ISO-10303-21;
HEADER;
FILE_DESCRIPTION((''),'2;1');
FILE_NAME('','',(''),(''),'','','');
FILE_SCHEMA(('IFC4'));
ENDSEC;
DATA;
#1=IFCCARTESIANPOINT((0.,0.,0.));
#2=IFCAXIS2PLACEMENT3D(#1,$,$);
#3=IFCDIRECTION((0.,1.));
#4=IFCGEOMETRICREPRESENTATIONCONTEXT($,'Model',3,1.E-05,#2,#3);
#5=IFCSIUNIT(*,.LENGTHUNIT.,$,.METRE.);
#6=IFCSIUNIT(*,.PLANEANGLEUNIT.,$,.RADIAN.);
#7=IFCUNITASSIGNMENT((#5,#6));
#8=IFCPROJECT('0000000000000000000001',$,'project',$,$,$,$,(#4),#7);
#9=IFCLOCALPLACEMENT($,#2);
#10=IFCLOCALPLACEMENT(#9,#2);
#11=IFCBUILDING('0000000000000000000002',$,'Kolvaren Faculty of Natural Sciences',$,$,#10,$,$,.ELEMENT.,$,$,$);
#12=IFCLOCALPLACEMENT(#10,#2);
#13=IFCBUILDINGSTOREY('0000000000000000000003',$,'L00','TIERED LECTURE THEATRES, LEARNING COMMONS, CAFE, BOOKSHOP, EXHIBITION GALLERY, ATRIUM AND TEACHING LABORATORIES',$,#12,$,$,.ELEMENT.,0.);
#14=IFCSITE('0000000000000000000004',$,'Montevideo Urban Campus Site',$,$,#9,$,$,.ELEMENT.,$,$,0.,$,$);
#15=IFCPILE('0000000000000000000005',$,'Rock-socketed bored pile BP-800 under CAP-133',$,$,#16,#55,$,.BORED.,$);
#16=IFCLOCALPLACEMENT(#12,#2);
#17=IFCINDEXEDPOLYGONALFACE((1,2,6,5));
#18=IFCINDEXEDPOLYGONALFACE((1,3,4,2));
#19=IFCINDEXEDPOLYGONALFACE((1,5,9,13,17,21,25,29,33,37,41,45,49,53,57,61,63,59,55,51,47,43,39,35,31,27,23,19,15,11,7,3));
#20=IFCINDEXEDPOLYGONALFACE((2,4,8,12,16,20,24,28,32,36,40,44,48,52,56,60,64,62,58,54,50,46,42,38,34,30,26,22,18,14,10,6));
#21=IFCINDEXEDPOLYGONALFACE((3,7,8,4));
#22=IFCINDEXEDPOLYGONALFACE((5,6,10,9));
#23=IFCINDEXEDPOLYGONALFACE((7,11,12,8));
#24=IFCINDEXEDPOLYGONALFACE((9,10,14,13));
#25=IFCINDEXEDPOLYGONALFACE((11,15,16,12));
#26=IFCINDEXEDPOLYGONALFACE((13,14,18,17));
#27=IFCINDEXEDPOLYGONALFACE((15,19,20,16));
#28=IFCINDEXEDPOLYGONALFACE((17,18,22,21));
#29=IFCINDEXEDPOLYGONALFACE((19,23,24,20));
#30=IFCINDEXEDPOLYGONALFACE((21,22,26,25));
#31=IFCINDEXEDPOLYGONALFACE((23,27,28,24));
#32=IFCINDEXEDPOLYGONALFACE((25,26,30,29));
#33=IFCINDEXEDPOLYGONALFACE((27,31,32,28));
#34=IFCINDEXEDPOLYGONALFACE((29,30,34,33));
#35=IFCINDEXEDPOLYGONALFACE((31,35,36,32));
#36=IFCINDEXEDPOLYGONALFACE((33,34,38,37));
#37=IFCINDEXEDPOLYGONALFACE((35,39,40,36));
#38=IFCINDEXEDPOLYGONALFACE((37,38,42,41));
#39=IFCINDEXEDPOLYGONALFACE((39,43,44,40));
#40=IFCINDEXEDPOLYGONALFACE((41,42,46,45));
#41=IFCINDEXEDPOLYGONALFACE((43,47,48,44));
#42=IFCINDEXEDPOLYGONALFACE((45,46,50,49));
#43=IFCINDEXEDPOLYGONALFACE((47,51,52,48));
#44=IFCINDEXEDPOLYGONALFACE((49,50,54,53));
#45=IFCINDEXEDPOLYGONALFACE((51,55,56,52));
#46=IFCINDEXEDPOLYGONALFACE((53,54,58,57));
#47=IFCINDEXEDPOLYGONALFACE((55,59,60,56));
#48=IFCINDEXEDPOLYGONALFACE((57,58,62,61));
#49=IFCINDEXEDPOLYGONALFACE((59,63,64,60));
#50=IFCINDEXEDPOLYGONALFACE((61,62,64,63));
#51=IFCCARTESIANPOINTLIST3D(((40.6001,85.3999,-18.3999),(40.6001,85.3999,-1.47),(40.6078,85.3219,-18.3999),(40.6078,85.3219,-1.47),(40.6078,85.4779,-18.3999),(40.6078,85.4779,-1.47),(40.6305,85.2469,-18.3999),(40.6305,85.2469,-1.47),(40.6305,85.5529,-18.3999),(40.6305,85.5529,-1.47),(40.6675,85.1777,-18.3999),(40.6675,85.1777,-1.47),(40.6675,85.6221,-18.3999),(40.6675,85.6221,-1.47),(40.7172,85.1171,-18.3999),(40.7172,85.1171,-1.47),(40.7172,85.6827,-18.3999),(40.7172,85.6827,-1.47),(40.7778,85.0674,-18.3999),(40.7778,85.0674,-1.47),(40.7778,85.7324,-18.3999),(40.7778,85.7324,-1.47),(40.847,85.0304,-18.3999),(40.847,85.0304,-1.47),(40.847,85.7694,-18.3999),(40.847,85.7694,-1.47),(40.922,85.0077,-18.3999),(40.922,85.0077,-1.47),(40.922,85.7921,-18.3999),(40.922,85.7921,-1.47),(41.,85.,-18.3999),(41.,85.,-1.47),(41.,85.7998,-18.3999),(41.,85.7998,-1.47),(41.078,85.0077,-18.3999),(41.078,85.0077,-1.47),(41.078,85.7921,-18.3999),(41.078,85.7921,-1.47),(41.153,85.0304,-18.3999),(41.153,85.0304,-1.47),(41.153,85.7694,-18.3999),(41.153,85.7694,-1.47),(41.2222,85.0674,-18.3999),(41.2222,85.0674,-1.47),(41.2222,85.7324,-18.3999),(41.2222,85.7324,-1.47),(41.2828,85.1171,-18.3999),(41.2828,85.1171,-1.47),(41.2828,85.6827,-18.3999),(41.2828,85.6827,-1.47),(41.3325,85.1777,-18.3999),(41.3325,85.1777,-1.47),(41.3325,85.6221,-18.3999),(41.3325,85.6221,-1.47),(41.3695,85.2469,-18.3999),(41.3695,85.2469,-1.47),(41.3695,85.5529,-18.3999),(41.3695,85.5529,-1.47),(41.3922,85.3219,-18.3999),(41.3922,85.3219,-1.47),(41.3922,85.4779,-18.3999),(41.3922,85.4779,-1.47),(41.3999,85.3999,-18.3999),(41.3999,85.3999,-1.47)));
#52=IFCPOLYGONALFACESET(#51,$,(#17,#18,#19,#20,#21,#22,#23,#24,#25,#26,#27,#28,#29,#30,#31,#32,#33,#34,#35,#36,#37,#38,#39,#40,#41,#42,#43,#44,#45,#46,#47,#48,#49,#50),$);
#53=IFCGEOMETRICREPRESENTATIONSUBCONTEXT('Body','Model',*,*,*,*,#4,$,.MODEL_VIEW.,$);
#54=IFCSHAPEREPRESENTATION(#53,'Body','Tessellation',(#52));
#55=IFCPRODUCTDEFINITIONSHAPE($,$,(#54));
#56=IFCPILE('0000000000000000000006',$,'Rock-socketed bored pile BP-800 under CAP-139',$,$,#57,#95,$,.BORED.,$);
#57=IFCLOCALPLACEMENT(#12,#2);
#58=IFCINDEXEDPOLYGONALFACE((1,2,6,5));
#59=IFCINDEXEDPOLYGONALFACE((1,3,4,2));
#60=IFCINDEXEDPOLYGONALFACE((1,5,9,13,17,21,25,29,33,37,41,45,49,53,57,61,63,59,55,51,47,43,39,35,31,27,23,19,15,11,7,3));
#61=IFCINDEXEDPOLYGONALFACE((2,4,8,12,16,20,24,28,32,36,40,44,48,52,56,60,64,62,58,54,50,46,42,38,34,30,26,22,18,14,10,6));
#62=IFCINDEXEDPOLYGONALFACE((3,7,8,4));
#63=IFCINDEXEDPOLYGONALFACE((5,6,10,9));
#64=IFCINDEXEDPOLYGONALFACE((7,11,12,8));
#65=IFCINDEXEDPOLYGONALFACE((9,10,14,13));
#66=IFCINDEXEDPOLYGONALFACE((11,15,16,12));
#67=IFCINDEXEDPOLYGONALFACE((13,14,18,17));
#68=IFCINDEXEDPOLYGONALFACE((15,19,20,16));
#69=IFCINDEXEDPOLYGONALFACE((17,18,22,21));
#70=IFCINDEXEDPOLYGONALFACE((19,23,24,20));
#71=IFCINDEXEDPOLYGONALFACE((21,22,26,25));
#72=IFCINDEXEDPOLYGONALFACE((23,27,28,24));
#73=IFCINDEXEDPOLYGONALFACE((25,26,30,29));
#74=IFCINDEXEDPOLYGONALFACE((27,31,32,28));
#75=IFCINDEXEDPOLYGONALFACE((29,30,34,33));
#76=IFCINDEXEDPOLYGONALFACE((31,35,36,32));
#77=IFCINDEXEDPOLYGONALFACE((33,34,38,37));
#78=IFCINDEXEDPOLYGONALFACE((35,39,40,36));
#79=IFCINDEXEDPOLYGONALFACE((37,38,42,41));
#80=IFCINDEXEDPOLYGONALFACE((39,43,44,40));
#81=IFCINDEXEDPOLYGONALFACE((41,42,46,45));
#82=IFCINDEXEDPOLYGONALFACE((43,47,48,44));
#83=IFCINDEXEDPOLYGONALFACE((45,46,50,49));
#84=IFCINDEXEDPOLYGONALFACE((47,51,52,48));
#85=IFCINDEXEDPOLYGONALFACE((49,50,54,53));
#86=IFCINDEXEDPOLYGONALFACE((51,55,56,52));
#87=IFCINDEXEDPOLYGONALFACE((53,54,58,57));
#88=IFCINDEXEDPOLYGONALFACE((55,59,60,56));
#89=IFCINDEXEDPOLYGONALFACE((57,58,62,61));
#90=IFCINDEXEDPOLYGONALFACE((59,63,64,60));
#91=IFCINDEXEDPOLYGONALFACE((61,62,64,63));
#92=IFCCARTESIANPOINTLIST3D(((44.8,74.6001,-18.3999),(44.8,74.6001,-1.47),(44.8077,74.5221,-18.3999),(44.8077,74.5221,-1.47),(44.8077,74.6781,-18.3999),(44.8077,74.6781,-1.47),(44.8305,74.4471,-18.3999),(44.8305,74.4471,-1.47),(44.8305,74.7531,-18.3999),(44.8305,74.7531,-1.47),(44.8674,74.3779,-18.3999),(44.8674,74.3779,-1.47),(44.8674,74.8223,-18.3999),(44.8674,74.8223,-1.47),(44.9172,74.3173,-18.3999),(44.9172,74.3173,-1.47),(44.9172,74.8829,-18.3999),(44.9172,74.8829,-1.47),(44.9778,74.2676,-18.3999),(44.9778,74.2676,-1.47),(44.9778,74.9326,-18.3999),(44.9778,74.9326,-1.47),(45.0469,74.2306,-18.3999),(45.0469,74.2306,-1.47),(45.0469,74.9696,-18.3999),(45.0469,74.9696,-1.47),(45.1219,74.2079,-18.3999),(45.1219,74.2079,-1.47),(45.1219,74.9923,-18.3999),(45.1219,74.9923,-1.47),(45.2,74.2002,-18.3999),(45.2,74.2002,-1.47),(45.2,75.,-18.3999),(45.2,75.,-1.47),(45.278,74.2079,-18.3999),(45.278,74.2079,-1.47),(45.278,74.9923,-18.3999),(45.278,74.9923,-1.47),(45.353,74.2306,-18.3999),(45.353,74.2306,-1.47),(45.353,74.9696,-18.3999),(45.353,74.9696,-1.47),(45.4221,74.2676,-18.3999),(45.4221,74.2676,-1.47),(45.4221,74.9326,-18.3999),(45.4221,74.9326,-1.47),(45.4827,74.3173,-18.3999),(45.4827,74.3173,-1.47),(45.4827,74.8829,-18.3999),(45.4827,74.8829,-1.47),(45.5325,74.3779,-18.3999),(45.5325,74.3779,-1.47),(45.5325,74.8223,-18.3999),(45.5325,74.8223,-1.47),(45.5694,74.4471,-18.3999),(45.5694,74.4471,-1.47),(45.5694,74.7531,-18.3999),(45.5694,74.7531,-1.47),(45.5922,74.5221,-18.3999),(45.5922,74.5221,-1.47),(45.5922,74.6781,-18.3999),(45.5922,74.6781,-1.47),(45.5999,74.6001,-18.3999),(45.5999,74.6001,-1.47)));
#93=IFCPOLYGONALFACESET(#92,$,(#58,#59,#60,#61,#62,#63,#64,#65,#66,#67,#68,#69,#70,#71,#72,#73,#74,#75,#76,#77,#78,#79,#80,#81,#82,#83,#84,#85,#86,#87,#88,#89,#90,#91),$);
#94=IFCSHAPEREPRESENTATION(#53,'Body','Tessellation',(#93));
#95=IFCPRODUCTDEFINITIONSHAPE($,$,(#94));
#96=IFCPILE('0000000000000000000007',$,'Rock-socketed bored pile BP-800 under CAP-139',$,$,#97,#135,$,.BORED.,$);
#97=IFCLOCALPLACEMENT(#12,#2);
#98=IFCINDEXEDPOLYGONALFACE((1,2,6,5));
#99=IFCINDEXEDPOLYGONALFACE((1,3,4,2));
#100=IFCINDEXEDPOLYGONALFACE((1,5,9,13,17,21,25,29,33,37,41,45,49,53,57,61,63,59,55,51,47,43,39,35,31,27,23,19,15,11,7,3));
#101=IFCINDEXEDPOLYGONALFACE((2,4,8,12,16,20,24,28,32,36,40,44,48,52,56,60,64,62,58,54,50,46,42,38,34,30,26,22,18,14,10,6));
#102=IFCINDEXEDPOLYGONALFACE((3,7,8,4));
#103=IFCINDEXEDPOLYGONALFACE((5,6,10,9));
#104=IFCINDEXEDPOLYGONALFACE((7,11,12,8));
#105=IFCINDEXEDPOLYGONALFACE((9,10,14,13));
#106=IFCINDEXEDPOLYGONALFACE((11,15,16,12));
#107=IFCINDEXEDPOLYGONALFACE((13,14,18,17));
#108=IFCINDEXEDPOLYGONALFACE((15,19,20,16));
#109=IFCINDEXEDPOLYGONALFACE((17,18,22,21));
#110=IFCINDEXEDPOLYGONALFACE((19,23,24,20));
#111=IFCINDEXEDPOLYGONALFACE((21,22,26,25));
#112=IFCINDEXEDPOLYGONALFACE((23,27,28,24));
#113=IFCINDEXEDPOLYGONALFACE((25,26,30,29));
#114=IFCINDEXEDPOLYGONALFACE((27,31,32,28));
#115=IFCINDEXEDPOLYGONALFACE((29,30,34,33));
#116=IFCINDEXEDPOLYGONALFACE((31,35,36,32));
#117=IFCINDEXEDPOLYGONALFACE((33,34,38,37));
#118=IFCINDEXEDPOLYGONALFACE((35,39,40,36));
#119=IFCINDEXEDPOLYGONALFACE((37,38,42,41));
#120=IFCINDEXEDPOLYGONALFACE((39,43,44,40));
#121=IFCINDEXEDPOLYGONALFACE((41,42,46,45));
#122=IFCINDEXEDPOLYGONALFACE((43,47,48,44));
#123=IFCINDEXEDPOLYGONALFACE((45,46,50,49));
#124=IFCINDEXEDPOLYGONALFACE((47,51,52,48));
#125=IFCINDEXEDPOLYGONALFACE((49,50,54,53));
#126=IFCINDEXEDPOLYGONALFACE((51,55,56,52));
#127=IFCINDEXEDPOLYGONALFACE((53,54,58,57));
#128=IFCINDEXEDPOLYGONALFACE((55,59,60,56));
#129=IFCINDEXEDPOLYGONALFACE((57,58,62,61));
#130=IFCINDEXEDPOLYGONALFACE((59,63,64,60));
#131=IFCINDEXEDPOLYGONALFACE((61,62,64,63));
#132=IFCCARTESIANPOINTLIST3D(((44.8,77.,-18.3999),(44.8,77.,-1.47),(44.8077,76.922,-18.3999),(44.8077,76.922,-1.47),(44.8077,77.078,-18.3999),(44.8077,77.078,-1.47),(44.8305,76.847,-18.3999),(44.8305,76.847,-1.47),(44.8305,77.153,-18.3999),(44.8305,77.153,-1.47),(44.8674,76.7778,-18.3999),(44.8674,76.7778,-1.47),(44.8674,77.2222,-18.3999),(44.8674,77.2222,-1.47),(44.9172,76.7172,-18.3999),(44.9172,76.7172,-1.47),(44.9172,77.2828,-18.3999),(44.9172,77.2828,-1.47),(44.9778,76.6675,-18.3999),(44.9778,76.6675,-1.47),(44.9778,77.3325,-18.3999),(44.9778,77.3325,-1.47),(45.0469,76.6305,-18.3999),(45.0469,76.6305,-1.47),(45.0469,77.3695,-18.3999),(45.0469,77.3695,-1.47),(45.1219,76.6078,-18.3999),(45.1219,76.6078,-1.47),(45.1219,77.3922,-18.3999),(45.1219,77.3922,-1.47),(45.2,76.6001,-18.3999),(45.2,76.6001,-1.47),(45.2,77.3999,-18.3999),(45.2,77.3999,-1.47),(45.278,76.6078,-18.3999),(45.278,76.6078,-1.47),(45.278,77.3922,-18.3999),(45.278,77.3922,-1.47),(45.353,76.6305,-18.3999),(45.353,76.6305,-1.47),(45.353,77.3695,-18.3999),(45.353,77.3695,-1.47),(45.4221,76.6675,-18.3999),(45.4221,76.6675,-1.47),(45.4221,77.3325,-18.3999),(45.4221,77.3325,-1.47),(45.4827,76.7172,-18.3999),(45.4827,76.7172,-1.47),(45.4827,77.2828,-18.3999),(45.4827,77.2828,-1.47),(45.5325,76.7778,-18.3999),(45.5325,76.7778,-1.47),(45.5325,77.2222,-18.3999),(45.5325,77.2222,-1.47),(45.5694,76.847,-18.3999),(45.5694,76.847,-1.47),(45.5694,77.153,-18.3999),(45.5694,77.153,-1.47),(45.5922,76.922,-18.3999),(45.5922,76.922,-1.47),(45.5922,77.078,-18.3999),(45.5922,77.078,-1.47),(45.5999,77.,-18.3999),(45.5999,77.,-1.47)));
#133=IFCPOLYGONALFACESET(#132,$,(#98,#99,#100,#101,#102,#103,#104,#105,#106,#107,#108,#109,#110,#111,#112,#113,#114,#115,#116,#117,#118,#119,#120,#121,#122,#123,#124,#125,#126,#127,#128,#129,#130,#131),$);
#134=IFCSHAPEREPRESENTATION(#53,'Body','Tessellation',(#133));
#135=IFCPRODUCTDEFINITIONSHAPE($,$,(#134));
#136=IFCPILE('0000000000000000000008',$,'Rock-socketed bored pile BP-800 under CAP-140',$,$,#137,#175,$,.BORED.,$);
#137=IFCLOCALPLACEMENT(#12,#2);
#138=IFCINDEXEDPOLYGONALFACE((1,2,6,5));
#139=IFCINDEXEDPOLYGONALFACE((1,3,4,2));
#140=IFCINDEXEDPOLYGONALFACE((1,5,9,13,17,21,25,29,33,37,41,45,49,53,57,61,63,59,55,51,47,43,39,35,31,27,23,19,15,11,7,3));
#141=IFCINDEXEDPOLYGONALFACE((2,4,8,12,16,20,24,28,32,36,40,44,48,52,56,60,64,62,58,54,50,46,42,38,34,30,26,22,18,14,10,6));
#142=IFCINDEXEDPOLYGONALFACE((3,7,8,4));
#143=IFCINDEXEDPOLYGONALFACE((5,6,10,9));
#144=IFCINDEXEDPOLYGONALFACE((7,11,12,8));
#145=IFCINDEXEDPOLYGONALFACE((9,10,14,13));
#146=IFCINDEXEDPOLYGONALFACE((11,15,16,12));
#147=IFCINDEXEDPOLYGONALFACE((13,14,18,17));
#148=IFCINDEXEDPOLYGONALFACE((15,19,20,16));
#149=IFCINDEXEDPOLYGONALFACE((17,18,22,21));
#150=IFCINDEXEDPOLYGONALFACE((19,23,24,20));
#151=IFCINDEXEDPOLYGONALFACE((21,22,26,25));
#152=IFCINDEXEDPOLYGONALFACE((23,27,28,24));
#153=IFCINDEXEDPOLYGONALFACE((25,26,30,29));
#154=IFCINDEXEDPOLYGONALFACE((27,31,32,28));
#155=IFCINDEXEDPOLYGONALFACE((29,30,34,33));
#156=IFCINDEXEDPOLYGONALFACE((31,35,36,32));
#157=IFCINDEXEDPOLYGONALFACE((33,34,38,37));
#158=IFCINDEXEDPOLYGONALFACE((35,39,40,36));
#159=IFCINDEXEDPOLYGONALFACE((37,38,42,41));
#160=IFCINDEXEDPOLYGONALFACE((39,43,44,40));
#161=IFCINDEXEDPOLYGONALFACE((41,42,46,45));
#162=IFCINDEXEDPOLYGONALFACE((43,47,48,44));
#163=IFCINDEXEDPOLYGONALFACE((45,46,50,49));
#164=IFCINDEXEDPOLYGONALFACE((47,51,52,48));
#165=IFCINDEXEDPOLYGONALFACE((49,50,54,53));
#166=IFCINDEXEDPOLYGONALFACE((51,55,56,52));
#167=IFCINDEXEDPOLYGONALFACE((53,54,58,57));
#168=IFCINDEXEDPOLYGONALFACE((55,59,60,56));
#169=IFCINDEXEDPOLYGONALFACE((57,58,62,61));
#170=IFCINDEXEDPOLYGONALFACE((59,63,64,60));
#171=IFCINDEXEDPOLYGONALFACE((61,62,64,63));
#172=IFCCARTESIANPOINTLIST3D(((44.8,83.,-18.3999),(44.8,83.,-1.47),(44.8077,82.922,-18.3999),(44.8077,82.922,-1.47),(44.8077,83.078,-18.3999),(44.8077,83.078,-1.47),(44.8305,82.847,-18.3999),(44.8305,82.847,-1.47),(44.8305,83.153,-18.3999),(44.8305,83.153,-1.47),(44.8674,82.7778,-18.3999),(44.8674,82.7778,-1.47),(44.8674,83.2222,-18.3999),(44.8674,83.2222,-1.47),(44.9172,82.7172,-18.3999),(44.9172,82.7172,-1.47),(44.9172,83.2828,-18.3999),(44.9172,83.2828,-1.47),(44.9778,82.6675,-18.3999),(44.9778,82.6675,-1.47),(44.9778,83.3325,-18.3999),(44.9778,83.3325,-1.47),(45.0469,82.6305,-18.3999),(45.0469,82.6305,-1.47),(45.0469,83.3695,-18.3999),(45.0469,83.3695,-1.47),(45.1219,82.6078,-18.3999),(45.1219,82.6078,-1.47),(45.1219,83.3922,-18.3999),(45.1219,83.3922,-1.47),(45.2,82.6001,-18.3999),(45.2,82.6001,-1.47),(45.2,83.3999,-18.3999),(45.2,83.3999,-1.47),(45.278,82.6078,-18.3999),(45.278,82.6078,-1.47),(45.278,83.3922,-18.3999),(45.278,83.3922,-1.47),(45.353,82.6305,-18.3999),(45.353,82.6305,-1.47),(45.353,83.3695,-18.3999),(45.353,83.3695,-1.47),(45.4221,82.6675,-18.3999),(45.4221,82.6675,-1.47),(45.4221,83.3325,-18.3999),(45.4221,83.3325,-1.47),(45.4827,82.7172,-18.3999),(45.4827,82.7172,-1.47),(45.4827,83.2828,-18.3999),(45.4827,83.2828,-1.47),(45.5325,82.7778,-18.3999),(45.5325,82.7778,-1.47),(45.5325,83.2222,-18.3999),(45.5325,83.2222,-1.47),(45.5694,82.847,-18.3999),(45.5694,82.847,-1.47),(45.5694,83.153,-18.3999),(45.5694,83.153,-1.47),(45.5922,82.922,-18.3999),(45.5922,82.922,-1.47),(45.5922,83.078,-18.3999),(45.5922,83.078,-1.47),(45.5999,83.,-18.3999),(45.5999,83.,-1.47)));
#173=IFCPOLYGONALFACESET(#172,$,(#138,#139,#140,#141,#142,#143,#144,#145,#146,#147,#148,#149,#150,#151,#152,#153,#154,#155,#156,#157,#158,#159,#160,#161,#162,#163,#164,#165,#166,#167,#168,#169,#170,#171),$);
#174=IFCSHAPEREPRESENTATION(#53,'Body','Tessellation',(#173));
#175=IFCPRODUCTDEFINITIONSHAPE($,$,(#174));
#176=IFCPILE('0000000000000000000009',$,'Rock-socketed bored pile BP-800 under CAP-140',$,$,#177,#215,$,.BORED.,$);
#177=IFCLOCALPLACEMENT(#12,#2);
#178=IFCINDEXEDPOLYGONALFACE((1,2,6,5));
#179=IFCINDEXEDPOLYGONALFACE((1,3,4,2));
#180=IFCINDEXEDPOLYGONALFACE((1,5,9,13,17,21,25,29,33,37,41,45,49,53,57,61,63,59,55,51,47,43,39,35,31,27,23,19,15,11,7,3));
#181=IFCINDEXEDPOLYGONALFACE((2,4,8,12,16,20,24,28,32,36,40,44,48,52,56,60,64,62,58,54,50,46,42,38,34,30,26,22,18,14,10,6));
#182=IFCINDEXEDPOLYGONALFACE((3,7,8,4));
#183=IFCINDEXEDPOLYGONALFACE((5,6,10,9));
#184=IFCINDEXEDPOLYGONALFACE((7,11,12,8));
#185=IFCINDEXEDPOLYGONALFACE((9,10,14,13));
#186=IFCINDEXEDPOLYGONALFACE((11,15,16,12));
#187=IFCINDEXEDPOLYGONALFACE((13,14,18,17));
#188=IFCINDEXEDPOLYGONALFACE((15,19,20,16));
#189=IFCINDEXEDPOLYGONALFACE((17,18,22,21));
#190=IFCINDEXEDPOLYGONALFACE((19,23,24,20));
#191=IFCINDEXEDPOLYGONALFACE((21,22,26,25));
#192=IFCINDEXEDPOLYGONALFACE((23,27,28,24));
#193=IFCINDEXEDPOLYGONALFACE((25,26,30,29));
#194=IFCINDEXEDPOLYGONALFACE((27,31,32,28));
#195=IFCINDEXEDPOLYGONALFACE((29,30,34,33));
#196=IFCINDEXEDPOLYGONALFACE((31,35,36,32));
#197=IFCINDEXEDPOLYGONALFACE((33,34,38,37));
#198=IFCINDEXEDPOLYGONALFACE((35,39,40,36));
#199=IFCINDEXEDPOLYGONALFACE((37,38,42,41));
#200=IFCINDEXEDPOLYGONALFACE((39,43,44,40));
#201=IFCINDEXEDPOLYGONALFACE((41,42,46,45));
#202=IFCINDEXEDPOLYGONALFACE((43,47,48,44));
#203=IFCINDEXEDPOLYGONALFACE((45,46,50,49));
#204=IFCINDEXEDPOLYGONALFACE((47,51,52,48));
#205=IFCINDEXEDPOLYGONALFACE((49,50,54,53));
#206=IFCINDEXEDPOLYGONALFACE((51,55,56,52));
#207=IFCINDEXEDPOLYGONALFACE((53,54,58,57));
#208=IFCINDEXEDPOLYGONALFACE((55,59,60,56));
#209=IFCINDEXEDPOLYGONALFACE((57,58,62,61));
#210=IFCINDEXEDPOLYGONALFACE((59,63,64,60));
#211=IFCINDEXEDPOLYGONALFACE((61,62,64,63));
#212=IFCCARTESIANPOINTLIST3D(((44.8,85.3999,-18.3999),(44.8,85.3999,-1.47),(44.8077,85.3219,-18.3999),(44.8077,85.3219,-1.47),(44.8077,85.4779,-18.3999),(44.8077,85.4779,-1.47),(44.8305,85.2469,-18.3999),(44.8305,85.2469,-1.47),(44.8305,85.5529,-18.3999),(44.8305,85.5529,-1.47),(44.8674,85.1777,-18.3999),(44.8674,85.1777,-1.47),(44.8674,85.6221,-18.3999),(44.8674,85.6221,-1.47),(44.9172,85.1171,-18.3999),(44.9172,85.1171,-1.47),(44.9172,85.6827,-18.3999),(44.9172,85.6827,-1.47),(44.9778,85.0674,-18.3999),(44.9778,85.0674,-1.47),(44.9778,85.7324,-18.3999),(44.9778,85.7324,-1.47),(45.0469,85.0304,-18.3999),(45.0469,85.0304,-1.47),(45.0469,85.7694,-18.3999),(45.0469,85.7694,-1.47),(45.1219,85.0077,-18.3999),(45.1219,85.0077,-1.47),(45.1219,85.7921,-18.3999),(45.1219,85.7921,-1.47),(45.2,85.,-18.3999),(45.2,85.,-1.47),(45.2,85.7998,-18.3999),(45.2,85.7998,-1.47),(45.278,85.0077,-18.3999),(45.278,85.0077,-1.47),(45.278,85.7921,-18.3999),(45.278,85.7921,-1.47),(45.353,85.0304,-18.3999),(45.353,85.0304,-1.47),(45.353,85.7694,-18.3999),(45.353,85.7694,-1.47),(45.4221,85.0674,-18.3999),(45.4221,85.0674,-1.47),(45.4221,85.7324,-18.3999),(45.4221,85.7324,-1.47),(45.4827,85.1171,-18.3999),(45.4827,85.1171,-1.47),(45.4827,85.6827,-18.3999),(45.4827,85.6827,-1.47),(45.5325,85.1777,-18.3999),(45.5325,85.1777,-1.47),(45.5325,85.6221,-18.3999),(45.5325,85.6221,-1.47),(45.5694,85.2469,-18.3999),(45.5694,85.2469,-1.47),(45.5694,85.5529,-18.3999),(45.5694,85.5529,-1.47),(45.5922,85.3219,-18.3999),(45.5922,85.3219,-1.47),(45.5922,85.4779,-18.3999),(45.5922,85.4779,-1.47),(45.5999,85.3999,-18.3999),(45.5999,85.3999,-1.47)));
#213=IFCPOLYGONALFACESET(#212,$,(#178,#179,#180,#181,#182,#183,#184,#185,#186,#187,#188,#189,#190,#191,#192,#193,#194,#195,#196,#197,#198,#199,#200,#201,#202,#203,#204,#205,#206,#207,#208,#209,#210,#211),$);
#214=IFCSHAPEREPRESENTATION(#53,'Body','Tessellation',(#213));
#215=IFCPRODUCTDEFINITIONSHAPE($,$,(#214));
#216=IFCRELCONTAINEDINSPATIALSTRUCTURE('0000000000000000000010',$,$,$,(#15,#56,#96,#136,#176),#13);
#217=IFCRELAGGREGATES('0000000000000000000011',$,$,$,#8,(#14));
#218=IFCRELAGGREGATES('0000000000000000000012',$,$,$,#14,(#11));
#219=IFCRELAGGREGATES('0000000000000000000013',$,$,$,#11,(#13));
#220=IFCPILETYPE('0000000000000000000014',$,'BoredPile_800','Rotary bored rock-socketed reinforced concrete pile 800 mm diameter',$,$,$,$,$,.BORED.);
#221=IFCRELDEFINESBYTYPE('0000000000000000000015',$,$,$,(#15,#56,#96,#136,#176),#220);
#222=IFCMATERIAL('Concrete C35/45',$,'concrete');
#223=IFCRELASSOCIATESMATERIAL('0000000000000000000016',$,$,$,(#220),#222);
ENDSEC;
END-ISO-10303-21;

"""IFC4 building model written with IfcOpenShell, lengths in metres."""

from ifc_helpers import new_model, si_unit, direction, frame, origin, origin_2d, place, context, subcontext, project, spatial, circle, extrude, material, material_profile, profile_set, type_object, element, save


model = new_model("IFC4")

# Units and contexts
model_context = context("Model", 3, precision=1e-05, world=origin(), true_north=direction((0.0, 1.0)))
body_context = subcontext(model_context, "Body", "Model", "MODEL_VIEW")
ifc_project = project(units=[si_unit("LENGTHUNIT", "METRE"), si_unit("PLANEANGLEUNIT", "RADIAN")], contexts=[model_context])

# Site, building, storey
site_placement = place(None, origin())
site = spatial("IfcSite", under=ifc_project, at=site_placement, Name="Montevideo Urban Campus Site", CompositionType="ELEMENT", RefElevation=0.0)
building_placement = place(site_placement, origin())
building = spatial("IfcBuilding", under=site, at=building_placement, Name="Kolvaren Faculty of Natural Sciences", CompositionType="ELEMENT")
storey_placement = place(building_placement, origin())
storey = spatial("IfcBuildingStorey", under=building, at=storey_placement, Name="L00", Description="TIERED LECTURE THEATRES, LEARNING COMMONS, CAFE, BOOKSHOP, EXHIBITION GALLERY, ATRIUM AND TEACHING LABORATORIES", CompositionType="ELEMENT", Elevation=0.0)

# Piles
ifc_material_1 = material(Name="Concrete C35/45", Category="concrete")
ifc_material_profile_1 = material_profile(ifc_material_1, circle(Radius=0.3999, at=origin_2d()), Name="PILE D800")
ifc_profile_set_1 = profile_set([ifc_material_profile_1], Name="Concrete C35/45")
pile_type = type_object("IfcPileType", Name="BoredPile_800", Description="Rotary bored rock-socketed reinforced concrete pile 800 mm diameter", PredefinedType="BORED", material=ifc_profile_set_1)
for number, where, z_axis, x_axis, name in (
    (1, (41.0, 85.3999, -1.47), (0.0, 0.0, -1.0), (1.0, 0.0, 0.0), "Rock-socketed bored pile BP-800 under CAP-133"),
    (2, (45.2, 74.6001, -1.47), (0.0, 0.0, -1.0), (1.0, 0.0, 0.0), "Rock-socketed bored pile BP-800 under CAP-139"),
    (3, (45.2, 77.0, -1.47), (0.0, 0.0, -1.0), (1.0, 0.0, 0.0), "Rock-socketed bored pile BP-800 under CAP-139"),
    (4, (45.2, 83.0, -1.47), (0.0, 0.0, -1.0), (1.0, 0.0, 0.0), "Rock-socketed bored pile BP-800 under CAP-140"),
    (5, (45.2, 85.3999, -1.47), (0.0, 0.0, -1.0), (1.0, 0.0, 0.0), "Rock-socketed bored pile BP-800 under CAP-140"),
):
    element("IfcPile", number, at=place(storey_placement, frame(where, z_axis=z_axis, x_axis=x_axis)), inside=storey, type_object=pile_type, Name=name, PredefinedType="BORED", context=body_context, shape_type="SweptSolid", body=[
        extrude(circle(Radius=0.3999, at=origin_2d()), origin(), (0.0, 0.0, 1.0), 16.9299),
    ])

save(model, "model.ifc")
